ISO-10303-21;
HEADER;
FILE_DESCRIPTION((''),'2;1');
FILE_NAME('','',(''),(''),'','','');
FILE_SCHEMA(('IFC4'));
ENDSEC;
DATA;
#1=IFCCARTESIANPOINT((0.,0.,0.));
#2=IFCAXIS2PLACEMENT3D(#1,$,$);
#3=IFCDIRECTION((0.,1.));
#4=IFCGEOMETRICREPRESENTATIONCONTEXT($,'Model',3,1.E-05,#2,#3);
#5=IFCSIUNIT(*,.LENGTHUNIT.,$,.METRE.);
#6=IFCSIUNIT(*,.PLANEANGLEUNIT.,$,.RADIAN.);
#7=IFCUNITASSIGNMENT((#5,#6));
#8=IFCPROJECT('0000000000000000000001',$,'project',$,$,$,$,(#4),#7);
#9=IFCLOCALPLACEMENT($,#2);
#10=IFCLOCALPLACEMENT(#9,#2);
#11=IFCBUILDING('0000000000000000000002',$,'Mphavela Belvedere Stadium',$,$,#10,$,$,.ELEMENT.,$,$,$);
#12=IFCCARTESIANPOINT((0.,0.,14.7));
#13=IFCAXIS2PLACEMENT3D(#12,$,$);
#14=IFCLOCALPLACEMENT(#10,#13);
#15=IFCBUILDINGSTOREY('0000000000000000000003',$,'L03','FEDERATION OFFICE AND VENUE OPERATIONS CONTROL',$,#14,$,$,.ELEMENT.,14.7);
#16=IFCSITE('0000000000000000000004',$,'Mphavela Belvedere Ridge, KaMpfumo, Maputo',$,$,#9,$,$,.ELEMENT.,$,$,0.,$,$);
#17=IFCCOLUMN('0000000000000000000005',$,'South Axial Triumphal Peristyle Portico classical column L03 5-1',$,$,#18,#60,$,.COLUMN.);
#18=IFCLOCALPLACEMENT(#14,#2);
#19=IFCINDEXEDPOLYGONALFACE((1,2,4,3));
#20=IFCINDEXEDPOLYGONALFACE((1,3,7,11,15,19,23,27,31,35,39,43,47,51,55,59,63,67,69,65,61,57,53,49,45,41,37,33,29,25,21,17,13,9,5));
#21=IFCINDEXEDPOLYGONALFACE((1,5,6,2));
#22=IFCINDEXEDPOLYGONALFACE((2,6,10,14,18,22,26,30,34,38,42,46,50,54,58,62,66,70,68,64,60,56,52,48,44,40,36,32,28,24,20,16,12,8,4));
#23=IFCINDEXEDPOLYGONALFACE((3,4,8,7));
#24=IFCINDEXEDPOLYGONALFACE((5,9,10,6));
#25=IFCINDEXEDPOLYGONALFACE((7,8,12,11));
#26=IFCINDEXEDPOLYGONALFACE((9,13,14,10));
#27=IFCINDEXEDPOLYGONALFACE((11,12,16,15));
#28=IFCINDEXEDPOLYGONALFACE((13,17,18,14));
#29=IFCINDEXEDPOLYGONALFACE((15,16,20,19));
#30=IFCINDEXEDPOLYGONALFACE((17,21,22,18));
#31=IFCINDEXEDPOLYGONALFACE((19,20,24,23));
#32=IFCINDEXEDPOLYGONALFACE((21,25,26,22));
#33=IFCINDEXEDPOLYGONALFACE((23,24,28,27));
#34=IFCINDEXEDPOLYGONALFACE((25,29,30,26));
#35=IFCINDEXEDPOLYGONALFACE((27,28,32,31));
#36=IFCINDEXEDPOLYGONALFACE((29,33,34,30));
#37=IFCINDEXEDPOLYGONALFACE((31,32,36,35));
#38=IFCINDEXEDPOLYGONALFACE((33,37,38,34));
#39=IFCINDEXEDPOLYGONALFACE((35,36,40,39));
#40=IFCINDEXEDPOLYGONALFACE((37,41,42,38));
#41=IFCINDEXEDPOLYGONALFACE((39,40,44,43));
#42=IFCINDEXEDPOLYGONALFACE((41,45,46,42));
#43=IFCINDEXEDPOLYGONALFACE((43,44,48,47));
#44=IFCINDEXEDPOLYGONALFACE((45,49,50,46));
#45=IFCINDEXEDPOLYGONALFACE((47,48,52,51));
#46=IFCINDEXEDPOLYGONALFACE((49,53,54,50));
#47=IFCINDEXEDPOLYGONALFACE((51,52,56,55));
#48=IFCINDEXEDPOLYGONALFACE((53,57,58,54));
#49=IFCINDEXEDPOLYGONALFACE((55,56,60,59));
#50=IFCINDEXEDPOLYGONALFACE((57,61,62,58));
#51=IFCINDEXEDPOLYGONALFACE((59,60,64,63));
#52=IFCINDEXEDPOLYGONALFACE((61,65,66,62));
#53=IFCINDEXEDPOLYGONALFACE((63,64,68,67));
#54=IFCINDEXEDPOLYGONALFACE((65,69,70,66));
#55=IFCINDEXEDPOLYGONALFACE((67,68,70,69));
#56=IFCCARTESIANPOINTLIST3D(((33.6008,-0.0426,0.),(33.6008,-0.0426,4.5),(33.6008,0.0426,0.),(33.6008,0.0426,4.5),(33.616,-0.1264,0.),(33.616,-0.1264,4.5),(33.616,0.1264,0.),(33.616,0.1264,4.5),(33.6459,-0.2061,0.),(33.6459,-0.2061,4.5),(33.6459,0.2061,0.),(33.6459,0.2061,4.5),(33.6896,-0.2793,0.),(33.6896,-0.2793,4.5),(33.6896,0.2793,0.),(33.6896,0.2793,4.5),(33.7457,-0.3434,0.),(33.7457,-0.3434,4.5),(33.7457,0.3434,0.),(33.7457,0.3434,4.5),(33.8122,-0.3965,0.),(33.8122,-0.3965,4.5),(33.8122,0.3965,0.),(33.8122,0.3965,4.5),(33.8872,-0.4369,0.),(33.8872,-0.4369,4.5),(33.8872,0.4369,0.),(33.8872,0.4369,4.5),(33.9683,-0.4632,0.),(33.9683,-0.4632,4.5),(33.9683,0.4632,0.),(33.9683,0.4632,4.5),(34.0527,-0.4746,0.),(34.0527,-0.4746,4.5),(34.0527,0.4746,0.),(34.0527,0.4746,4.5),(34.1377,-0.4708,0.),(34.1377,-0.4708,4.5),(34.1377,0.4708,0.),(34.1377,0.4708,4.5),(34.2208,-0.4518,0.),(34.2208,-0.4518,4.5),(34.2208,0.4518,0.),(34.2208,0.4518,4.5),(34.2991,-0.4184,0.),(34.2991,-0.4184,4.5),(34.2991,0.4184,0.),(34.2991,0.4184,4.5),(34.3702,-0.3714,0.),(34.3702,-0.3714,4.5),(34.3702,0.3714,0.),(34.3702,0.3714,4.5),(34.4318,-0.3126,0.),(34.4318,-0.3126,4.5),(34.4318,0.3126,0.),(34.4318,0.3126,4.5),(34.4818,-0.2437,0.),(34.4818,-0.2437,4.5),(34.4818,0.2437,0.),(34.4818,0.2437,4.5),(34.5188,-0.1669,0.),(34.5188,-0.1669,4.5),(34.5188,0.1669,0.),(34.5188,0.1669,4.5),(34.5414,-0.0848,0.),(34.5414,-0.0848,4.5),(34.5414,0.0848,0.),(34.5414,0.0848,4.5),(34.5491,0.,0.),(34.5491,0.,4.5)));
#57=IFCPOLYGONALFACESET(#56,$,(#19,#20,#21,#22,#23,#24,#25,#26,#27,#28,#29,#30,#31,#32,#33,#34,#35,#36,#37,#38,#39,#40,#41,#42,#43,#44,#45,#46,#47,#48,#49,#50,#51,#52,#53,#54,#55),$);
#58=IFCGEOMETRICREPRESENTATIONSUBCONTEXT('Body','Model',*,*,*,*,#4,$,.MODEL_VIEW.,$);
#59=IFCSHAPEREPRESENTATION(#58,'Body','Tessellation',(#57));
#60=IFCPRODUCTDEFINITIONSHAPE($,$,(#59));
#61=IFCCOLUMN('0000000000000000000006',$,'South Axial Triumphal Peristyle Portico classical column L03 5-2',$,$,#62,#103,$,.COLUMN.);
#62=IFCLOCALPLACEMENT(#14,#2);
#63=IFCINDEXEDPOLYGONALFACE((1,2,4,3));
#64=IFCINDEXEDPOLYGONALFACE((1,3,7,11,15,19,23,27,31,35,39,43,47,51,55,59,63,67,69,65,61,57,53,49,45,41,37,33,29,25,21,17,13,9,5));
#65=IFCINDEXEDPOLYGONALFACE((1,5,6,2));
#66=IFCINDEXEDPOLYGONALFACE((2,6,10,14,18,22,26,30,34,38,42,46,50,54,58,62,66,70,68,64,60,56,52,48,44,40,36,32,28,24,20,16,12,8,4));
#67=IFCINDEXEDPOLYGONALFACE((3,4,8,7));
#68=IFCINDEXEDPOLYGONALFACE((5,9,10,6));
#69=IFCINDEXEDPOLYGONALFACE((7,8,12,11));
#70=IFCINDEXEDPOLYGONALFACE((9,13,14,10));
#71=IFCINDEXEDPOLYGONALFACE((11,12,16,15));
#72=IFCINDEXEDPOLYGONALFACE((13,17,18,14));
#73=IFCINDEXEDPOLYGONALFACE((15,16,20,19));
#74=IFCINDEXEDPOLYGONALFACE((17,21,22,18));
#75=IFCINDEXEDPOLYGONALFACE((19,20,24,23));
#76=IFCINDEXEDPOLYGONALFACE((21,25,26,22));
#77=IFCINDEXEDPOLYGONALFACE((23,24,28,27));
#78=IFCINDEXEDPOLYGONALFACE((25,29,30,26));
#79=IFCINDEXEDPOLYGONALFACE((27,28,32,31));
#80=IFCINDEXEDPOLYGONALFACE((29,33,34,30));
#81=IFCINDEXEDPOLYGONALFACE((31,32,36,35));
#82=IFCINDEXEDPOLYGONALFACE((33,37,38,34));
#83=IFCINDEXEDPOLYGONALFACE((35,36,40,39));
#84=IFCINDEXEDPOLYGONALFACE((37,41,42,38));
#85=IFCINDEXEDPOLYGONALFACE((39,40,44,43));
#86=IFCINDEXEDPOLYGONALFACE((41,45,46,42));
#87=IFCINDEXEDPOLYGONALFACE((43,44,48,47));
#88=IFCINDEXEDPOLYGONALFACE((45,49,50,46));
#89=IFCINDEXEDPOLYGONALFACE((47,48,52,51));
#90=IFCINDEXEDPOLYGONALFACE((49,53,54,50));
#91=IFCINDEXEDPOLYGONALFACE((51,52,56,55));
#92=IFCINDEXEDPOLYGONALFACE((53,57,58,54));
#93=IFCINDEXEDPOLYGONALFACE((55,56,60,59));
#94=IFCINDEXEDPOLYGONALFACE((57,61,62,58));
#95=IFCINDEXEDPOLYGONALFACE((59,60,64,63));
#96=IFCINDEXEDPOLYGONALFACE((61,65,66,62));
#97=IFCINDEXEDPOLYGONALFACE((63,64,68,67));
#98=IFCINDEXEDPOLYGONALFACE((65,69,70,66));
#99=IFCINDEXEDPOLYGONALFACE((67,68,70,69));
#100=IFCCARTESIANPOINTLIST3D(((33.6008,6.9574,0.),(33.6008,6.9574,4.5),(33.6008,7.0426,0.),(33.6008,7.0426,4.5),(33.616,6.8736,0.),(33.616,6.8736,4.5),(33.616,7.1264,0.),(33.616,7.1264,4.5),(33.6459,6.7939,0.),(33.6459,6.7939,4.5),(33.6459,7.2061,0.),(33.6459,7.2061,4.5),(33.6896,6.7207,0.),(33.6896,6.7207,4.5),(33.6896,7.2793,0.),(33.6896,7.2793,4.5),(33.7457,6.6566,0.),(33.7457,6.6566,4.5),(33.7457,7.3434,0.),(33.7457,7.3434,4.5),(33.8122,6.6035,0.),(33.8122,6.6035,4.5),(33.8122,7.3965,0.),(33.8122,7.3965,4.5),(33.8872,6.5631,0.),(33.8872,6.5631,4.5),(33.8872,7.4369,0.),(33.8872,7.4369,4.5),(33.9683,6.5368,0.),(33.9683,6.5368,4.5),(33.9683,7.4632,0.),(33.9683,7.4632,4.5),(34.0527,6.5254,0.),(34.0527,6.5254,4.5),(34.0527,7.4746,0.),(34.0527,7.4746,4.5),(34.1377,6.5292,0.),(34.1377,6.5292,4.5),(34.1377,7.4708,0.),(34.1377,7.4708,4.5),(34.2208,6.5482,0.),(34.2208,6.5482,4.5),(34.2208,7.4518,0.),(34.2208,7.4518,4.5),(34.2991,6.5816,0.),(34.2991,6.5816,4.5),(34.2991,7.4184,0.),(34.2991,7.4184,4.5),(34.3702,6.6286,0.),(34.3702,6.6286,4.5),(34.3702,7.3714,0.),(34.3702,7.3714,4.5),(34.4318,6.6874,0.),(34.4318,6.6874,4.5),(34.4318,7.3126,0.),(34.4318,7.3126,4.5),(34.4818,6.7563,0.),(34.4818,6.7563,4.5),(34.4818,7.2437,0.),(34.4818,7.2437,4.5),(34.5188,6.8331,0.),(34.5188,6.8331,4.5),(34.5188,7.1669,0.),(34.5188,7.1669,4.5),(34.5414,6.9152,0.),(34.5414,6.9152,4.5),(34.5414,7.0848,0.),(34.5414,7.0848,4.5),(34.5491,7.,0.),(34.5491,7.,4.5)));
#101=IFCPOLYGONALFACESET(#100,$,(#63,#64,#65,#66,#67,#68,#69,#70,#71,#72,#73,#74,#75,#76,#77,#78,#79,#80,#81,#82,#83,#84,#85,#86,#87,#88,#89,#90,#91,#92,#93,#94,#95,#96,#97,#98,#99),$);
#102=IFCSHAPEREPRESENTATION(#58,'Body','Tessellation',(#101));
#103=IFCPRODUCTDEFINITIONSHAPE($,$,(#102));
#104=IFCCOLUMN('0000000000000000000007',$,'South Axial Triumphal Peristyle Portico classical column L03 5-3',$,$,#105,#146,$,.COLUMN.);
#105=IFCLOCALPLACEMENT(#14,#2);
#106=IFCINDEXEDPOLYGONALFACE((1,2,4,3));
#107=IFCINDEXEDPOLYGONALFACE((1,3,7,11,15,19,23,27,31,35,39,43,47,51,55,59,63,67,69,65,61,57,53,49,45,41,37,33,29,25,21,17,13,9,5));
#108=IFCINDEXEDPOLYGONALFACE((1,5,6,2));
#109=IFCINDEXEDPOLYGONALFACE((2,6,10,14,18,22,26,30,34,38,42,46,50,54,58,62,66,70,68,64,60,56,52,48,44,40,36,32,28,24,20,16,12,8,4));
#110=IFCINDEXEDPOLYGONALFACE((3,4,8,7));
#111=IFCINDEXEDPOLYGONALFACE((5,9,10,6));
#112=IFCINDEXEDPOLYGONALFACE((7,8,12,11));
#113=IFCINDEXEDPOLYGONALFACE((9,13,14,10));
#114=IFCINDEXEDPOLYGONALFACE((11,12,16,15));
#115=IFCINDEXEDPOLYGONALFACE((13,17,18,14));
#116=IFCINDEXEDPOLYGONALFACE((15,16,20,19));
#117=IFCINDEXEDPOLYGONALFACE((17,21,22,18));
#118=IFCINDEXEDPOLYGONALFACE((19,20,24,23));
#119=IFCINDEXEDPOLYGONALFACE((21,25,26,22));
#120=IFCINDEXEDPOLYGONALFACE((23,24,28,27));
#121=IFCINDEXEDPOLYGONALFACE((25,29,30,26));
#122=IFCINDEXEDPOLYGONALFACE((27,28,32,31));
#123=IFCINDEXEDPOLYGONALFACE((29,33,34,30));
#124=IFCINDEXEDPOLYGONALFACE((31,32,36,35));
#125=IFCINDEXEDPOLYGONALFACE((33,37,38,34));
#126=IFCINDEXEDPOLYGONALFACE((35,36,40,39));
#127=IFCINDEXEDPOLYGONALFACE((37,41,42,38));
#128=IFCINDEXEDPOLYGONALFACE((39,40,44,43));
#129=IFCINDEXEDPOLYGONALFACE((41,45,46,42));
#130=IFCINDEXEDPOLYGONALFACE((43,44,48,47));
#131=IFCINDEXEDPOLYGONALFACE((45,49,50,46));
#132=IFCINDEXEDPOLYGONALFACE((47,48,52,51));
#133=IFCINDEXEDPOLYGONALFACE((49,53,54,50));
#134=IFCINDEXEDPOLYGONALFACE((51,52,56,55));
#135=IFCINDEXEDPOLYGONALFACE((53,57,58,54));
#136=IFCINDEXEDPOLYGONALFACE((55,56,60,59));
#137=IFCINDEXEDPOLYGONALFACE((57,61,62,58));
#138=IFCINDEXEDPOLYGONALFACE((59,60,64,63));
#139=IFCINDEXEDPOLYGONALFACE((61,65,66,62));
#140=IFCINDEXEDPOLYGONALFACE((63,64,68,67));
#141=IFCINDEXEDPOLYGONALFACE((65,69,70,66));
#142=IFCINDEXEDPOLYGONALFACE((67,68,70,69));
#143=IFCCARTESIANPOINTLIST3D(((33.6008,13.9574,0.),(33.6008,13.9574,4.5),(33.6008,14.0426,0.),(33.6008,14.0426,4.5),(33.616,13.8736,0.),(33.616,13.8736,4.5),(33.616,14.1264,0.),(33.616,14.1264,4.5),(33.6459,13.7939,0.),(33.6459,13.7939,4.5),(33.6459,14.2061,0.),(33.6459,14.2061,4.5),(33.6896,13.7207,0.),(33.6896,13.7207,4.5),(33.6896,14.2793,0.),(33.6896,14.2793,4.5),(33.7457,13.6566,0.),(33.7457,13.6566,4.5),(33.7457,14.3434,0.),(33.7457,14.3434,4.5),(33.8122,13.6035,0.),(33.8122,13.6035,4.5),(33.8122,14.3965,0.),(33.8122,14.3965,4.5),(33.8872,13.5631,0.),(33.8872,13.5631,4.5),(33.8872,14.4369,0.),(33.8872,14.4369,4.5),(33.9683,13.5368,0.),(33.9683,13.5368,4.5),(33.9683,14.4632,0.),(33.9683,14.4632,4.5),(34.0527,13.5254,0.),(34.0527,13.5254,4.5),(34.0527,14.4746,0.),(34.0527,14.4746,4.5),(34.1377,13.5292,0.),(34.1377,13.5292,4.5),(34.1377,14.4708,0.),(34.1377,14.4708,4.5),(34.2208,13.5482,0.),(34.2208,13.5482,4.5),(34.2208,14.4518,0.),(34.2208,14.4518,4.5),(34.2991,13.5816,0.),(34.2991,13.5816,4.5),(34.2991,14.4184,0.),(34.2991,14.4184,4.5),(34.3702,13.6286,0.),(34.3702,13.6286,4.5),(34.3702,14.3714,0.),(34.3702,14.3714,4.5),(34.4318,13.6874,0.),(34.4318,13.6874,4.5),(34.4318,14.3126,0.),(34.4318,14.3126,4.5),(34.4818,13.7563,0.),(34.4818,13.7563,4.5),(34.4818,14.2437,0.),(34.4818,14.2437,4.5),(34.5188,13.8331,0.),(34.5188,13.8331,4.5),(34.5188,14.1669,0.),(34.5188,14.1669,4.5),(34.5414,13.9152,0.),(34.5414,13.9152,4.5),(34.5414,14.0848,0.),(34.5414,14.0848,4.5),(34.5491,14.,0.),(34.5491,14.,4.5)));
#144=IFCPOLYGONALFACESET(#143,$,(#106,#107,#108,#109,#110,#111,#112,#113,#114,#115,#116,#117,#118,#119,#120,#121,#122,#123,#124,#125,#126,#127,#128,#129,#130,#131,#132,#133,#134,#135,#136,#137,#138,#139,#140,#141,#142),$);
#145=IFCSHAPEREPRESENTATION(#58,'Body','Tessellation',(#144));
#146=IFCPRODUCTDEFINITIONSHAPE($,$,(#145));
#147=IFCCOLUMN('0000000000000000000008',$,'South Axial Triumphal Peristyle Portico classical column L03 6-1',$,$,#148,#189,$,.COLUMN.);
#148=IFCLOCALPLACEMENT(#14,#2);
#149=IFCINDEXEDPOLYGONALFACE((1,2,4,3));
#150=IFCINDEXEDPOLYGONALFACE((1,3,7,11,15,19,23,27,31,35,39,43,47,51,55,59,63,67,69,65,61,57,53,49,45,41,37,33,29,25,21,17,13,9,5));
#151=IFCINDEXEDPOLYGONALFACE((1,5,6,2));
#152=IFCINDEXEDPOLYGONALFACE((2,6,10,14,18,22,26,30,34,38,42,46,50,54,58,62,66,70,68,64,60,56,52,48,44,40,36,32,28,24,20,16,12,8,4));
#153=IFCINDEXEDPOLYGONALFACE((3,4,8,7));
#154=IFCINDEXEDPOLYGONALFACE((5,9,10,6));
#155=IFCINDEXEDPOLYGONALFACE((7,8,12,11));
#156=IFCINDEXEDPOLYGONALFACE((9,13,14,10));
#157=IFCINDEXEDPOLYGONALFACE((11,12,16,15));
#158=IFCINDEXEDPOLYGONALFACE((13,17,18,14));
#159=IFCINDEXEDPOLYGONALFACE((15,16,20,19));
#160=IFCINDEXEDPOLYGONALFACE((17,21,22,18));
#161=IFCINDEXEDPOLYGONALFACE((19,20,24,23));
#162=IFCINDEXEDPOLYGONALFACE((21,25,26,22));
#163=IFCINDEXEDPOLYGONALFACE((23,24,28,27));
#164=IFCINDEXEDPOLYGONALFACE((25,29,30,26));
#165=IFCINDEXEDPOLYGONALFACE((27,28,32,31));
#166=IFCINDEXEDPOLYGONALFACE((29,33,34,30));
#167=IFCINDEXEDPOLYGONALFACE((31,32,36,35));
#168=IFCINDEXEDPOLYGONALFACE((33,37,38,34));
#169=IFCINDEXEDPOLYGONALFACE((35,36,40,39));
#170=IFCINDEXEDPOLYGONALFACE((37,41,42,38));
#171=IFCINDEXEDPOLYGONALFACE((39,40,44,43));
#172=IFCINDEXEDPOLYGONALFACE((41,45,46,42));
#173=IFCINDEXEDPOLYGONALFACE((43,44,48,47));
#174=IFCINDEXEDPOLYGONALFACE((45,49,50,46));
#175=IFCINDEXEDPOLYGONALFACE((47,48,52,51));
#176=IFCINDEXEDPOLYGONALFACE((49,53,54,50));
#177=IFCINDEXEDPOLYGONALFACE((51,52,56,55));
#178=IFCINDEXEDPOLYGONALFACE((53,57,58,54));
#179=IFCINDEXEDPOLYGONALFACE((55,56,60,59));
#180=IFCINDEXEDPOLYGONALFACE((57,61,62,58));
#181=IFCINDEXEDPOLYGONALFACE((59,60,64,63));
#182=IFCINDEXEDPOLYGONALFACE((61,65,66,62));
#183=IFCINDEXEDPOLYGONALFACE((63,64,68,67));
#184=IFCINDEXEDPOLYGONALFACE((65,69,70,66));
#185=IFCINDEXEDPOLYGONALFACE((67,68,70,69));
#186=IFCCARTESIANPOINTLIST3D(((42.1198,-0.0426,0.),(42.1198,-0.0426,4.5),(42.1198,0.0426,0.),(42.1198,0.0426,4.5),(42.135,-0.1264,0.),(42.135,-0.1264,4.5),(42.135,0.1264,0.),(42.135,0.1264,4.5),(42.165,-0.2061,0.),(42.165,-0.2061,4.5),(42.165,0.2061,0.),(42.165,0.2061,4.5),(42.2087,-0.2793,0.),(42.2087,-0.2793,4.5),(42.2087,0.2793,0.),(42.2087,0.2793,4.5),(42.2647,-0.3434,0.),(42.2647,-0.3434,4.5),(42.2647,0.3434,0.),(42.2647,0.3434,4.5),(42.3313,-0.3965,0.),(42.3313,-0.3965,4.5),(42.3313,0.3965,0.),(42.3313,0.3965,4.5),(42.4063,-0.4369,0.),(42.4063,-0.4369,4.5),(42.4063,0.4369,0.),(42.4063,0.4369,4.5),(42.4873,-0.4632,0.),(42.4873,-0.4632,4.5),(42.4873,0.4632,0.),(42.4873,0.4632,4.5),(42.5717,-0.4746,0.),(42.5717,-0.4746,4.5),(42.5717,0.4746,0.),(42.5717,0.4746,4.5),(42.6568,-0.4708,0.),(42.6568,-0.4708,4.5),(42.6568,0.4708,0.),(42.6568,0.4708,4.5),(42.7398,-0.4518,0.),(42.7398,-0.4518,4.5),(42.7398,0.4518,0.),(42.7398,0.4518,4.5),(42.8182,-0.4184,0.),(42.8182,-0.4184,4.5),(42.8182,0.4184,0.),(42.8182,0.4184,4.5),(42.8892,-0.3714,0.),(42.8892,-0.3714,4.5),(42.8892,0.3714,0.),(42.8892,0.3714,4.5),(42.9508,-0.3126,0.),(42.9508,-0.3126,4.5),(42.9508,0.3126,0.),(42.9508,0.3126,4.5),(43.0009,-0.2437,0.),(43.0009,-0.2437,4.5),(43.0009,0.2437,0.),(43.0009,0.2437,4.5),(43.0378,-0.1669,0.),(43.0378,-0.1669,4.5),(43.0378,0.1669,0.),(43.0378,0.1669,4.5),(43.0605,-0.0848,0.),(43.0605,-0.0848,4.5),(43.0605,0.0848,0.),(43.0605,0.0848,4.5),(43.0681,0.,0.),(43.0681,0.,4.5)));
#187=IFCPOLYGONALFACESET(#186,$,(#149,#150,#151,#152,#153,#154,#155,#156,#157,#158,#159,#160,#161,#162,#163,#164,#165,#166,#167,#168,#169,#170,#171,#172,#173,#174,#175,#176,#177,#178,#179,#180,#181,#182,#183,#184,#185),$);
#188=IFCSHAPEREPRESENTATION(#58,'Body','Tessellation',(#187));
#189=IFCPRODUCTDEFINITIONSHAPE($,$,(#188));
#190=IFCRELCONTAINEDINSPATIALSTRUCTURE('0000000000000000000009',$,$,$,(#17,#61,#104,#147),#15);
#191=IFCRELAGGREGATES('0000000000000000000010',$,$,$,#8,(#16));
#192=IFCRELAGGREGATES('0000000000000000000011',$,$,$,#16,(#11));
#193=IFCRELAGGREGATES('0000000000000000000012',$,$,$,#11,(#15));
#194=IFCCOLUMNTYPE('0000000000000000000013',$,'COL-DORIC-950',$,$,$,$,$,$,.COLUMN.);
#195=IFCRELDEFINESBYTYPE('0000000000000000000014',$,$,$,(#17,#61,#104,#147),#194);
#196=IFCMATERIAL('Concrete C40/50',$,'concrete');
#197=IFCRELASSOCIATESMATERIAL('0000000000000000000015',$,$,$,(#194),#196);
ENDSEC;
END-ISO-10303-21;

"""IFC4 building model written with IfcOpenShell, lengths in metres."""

from ifc_helpers import new_model, si_unit, direction, frame, origin, origin_2d, place, context, subcontext, project, spatial, circle, extrude, material, material_profile, profile_set, type_object, element, save


model = new_model("IFC4")

# Units and contexts
model_context = context("Model", 3, precision=1e-05, world=origin(), true_north=direction((0.0, 1.0)))
body_context = subcontext(model_context, "Body", "Model", "MODEL_VIEW")
ifc_project = project(units=[si_unit("LENGTHUNIT", "METRE"), si_unit("PLANEANGLEUNIT", "RADIAN")], contexts=[model_context])

# Site, building, storey
site_placement = place(None, origin())
site = spatial("IfcSite", under=ifc_project, at=site_placement, Name="Mphavela Belvedere Ridge, KaMpfumo, Maputo", CompositionType="ELEMENT", RefElevation=0.0)
building_placement = place(site_placement, origin())
building = spatial("IfcBuilding", under=site, at=building_placement, Name="Mphavela Belvedere Stadium", CompositionType="ELEMENT")
storey_placement = place(building_placement, frame((0.0, 0.0, 14.7)))
storey = spatial("IfcBuildingStorey", under=building, at=storey_placement, Name="L03", Description="FEDERATION OFFICE AND VENUE OPERATIONS CONTROL", CompositionType="ELEMENT", Elevation=14.7)

# Columns
ifc_material_1 = material(Name="Concrete C40/50", Category="concrete")
ifc_material_profile_1 = material_profile(ifc_material_1, circle(Radius=0.4751, at=origin_2d()), Name="COL D950")
ifc_profile_set_1 = profile_set([ifc_material_profile_1], Name="Concrete C40/50")
column_type = type_object("IfcColumnType", Name="COL-DORIC-950", PredefinedType="COLUMN", material=ifc_profile_set_1)
for number, where, z_axis, x_axis, name in (
    (1, (34.074, 0.0, 0.0), (0.0, 0.0, 1.0), (1.0, 0.0, 0.0), "South Axial Triumphal Peristyle Portico classical column L03 5-1"),
    (2, (34.074, 7.0, 0.0), (0.0, 0.0, 1.0), (1.0, 0.0, 0.0), "South Axial Triumphal Peristyle Portico classical column L03 5-2"),
    (3, (34.074, 14.0, 0.0), (0.0, 0.0, 1.0), (1.0, 0.0, 0.0), "South Axial Triumphal Peristyle Portico classical column L03 5-3"),
    (4, (42.593, 0.0, 0.0), (0.0, 0.0, 1.0), (1.0, 0.0, 0.0), "South Axial Triumphal Peristyle Portico classical column L03 6-1"),
):
    element("IfcColumn", number, at=place(storey_placement, frame(where, z_axis=z_axis, x_axis=x_axis)), inside=storey, type_object=column_type, Name=name, PredefinedType="COLUMN", context=body_context, shape_type="SweptSolid", body=[
        extrude(circle(Radius=0.4751, at=origin_2d()), origin(), (0.0, 0.0, 1.0), 4.5),
    ])

save(model, "model.ifc")
